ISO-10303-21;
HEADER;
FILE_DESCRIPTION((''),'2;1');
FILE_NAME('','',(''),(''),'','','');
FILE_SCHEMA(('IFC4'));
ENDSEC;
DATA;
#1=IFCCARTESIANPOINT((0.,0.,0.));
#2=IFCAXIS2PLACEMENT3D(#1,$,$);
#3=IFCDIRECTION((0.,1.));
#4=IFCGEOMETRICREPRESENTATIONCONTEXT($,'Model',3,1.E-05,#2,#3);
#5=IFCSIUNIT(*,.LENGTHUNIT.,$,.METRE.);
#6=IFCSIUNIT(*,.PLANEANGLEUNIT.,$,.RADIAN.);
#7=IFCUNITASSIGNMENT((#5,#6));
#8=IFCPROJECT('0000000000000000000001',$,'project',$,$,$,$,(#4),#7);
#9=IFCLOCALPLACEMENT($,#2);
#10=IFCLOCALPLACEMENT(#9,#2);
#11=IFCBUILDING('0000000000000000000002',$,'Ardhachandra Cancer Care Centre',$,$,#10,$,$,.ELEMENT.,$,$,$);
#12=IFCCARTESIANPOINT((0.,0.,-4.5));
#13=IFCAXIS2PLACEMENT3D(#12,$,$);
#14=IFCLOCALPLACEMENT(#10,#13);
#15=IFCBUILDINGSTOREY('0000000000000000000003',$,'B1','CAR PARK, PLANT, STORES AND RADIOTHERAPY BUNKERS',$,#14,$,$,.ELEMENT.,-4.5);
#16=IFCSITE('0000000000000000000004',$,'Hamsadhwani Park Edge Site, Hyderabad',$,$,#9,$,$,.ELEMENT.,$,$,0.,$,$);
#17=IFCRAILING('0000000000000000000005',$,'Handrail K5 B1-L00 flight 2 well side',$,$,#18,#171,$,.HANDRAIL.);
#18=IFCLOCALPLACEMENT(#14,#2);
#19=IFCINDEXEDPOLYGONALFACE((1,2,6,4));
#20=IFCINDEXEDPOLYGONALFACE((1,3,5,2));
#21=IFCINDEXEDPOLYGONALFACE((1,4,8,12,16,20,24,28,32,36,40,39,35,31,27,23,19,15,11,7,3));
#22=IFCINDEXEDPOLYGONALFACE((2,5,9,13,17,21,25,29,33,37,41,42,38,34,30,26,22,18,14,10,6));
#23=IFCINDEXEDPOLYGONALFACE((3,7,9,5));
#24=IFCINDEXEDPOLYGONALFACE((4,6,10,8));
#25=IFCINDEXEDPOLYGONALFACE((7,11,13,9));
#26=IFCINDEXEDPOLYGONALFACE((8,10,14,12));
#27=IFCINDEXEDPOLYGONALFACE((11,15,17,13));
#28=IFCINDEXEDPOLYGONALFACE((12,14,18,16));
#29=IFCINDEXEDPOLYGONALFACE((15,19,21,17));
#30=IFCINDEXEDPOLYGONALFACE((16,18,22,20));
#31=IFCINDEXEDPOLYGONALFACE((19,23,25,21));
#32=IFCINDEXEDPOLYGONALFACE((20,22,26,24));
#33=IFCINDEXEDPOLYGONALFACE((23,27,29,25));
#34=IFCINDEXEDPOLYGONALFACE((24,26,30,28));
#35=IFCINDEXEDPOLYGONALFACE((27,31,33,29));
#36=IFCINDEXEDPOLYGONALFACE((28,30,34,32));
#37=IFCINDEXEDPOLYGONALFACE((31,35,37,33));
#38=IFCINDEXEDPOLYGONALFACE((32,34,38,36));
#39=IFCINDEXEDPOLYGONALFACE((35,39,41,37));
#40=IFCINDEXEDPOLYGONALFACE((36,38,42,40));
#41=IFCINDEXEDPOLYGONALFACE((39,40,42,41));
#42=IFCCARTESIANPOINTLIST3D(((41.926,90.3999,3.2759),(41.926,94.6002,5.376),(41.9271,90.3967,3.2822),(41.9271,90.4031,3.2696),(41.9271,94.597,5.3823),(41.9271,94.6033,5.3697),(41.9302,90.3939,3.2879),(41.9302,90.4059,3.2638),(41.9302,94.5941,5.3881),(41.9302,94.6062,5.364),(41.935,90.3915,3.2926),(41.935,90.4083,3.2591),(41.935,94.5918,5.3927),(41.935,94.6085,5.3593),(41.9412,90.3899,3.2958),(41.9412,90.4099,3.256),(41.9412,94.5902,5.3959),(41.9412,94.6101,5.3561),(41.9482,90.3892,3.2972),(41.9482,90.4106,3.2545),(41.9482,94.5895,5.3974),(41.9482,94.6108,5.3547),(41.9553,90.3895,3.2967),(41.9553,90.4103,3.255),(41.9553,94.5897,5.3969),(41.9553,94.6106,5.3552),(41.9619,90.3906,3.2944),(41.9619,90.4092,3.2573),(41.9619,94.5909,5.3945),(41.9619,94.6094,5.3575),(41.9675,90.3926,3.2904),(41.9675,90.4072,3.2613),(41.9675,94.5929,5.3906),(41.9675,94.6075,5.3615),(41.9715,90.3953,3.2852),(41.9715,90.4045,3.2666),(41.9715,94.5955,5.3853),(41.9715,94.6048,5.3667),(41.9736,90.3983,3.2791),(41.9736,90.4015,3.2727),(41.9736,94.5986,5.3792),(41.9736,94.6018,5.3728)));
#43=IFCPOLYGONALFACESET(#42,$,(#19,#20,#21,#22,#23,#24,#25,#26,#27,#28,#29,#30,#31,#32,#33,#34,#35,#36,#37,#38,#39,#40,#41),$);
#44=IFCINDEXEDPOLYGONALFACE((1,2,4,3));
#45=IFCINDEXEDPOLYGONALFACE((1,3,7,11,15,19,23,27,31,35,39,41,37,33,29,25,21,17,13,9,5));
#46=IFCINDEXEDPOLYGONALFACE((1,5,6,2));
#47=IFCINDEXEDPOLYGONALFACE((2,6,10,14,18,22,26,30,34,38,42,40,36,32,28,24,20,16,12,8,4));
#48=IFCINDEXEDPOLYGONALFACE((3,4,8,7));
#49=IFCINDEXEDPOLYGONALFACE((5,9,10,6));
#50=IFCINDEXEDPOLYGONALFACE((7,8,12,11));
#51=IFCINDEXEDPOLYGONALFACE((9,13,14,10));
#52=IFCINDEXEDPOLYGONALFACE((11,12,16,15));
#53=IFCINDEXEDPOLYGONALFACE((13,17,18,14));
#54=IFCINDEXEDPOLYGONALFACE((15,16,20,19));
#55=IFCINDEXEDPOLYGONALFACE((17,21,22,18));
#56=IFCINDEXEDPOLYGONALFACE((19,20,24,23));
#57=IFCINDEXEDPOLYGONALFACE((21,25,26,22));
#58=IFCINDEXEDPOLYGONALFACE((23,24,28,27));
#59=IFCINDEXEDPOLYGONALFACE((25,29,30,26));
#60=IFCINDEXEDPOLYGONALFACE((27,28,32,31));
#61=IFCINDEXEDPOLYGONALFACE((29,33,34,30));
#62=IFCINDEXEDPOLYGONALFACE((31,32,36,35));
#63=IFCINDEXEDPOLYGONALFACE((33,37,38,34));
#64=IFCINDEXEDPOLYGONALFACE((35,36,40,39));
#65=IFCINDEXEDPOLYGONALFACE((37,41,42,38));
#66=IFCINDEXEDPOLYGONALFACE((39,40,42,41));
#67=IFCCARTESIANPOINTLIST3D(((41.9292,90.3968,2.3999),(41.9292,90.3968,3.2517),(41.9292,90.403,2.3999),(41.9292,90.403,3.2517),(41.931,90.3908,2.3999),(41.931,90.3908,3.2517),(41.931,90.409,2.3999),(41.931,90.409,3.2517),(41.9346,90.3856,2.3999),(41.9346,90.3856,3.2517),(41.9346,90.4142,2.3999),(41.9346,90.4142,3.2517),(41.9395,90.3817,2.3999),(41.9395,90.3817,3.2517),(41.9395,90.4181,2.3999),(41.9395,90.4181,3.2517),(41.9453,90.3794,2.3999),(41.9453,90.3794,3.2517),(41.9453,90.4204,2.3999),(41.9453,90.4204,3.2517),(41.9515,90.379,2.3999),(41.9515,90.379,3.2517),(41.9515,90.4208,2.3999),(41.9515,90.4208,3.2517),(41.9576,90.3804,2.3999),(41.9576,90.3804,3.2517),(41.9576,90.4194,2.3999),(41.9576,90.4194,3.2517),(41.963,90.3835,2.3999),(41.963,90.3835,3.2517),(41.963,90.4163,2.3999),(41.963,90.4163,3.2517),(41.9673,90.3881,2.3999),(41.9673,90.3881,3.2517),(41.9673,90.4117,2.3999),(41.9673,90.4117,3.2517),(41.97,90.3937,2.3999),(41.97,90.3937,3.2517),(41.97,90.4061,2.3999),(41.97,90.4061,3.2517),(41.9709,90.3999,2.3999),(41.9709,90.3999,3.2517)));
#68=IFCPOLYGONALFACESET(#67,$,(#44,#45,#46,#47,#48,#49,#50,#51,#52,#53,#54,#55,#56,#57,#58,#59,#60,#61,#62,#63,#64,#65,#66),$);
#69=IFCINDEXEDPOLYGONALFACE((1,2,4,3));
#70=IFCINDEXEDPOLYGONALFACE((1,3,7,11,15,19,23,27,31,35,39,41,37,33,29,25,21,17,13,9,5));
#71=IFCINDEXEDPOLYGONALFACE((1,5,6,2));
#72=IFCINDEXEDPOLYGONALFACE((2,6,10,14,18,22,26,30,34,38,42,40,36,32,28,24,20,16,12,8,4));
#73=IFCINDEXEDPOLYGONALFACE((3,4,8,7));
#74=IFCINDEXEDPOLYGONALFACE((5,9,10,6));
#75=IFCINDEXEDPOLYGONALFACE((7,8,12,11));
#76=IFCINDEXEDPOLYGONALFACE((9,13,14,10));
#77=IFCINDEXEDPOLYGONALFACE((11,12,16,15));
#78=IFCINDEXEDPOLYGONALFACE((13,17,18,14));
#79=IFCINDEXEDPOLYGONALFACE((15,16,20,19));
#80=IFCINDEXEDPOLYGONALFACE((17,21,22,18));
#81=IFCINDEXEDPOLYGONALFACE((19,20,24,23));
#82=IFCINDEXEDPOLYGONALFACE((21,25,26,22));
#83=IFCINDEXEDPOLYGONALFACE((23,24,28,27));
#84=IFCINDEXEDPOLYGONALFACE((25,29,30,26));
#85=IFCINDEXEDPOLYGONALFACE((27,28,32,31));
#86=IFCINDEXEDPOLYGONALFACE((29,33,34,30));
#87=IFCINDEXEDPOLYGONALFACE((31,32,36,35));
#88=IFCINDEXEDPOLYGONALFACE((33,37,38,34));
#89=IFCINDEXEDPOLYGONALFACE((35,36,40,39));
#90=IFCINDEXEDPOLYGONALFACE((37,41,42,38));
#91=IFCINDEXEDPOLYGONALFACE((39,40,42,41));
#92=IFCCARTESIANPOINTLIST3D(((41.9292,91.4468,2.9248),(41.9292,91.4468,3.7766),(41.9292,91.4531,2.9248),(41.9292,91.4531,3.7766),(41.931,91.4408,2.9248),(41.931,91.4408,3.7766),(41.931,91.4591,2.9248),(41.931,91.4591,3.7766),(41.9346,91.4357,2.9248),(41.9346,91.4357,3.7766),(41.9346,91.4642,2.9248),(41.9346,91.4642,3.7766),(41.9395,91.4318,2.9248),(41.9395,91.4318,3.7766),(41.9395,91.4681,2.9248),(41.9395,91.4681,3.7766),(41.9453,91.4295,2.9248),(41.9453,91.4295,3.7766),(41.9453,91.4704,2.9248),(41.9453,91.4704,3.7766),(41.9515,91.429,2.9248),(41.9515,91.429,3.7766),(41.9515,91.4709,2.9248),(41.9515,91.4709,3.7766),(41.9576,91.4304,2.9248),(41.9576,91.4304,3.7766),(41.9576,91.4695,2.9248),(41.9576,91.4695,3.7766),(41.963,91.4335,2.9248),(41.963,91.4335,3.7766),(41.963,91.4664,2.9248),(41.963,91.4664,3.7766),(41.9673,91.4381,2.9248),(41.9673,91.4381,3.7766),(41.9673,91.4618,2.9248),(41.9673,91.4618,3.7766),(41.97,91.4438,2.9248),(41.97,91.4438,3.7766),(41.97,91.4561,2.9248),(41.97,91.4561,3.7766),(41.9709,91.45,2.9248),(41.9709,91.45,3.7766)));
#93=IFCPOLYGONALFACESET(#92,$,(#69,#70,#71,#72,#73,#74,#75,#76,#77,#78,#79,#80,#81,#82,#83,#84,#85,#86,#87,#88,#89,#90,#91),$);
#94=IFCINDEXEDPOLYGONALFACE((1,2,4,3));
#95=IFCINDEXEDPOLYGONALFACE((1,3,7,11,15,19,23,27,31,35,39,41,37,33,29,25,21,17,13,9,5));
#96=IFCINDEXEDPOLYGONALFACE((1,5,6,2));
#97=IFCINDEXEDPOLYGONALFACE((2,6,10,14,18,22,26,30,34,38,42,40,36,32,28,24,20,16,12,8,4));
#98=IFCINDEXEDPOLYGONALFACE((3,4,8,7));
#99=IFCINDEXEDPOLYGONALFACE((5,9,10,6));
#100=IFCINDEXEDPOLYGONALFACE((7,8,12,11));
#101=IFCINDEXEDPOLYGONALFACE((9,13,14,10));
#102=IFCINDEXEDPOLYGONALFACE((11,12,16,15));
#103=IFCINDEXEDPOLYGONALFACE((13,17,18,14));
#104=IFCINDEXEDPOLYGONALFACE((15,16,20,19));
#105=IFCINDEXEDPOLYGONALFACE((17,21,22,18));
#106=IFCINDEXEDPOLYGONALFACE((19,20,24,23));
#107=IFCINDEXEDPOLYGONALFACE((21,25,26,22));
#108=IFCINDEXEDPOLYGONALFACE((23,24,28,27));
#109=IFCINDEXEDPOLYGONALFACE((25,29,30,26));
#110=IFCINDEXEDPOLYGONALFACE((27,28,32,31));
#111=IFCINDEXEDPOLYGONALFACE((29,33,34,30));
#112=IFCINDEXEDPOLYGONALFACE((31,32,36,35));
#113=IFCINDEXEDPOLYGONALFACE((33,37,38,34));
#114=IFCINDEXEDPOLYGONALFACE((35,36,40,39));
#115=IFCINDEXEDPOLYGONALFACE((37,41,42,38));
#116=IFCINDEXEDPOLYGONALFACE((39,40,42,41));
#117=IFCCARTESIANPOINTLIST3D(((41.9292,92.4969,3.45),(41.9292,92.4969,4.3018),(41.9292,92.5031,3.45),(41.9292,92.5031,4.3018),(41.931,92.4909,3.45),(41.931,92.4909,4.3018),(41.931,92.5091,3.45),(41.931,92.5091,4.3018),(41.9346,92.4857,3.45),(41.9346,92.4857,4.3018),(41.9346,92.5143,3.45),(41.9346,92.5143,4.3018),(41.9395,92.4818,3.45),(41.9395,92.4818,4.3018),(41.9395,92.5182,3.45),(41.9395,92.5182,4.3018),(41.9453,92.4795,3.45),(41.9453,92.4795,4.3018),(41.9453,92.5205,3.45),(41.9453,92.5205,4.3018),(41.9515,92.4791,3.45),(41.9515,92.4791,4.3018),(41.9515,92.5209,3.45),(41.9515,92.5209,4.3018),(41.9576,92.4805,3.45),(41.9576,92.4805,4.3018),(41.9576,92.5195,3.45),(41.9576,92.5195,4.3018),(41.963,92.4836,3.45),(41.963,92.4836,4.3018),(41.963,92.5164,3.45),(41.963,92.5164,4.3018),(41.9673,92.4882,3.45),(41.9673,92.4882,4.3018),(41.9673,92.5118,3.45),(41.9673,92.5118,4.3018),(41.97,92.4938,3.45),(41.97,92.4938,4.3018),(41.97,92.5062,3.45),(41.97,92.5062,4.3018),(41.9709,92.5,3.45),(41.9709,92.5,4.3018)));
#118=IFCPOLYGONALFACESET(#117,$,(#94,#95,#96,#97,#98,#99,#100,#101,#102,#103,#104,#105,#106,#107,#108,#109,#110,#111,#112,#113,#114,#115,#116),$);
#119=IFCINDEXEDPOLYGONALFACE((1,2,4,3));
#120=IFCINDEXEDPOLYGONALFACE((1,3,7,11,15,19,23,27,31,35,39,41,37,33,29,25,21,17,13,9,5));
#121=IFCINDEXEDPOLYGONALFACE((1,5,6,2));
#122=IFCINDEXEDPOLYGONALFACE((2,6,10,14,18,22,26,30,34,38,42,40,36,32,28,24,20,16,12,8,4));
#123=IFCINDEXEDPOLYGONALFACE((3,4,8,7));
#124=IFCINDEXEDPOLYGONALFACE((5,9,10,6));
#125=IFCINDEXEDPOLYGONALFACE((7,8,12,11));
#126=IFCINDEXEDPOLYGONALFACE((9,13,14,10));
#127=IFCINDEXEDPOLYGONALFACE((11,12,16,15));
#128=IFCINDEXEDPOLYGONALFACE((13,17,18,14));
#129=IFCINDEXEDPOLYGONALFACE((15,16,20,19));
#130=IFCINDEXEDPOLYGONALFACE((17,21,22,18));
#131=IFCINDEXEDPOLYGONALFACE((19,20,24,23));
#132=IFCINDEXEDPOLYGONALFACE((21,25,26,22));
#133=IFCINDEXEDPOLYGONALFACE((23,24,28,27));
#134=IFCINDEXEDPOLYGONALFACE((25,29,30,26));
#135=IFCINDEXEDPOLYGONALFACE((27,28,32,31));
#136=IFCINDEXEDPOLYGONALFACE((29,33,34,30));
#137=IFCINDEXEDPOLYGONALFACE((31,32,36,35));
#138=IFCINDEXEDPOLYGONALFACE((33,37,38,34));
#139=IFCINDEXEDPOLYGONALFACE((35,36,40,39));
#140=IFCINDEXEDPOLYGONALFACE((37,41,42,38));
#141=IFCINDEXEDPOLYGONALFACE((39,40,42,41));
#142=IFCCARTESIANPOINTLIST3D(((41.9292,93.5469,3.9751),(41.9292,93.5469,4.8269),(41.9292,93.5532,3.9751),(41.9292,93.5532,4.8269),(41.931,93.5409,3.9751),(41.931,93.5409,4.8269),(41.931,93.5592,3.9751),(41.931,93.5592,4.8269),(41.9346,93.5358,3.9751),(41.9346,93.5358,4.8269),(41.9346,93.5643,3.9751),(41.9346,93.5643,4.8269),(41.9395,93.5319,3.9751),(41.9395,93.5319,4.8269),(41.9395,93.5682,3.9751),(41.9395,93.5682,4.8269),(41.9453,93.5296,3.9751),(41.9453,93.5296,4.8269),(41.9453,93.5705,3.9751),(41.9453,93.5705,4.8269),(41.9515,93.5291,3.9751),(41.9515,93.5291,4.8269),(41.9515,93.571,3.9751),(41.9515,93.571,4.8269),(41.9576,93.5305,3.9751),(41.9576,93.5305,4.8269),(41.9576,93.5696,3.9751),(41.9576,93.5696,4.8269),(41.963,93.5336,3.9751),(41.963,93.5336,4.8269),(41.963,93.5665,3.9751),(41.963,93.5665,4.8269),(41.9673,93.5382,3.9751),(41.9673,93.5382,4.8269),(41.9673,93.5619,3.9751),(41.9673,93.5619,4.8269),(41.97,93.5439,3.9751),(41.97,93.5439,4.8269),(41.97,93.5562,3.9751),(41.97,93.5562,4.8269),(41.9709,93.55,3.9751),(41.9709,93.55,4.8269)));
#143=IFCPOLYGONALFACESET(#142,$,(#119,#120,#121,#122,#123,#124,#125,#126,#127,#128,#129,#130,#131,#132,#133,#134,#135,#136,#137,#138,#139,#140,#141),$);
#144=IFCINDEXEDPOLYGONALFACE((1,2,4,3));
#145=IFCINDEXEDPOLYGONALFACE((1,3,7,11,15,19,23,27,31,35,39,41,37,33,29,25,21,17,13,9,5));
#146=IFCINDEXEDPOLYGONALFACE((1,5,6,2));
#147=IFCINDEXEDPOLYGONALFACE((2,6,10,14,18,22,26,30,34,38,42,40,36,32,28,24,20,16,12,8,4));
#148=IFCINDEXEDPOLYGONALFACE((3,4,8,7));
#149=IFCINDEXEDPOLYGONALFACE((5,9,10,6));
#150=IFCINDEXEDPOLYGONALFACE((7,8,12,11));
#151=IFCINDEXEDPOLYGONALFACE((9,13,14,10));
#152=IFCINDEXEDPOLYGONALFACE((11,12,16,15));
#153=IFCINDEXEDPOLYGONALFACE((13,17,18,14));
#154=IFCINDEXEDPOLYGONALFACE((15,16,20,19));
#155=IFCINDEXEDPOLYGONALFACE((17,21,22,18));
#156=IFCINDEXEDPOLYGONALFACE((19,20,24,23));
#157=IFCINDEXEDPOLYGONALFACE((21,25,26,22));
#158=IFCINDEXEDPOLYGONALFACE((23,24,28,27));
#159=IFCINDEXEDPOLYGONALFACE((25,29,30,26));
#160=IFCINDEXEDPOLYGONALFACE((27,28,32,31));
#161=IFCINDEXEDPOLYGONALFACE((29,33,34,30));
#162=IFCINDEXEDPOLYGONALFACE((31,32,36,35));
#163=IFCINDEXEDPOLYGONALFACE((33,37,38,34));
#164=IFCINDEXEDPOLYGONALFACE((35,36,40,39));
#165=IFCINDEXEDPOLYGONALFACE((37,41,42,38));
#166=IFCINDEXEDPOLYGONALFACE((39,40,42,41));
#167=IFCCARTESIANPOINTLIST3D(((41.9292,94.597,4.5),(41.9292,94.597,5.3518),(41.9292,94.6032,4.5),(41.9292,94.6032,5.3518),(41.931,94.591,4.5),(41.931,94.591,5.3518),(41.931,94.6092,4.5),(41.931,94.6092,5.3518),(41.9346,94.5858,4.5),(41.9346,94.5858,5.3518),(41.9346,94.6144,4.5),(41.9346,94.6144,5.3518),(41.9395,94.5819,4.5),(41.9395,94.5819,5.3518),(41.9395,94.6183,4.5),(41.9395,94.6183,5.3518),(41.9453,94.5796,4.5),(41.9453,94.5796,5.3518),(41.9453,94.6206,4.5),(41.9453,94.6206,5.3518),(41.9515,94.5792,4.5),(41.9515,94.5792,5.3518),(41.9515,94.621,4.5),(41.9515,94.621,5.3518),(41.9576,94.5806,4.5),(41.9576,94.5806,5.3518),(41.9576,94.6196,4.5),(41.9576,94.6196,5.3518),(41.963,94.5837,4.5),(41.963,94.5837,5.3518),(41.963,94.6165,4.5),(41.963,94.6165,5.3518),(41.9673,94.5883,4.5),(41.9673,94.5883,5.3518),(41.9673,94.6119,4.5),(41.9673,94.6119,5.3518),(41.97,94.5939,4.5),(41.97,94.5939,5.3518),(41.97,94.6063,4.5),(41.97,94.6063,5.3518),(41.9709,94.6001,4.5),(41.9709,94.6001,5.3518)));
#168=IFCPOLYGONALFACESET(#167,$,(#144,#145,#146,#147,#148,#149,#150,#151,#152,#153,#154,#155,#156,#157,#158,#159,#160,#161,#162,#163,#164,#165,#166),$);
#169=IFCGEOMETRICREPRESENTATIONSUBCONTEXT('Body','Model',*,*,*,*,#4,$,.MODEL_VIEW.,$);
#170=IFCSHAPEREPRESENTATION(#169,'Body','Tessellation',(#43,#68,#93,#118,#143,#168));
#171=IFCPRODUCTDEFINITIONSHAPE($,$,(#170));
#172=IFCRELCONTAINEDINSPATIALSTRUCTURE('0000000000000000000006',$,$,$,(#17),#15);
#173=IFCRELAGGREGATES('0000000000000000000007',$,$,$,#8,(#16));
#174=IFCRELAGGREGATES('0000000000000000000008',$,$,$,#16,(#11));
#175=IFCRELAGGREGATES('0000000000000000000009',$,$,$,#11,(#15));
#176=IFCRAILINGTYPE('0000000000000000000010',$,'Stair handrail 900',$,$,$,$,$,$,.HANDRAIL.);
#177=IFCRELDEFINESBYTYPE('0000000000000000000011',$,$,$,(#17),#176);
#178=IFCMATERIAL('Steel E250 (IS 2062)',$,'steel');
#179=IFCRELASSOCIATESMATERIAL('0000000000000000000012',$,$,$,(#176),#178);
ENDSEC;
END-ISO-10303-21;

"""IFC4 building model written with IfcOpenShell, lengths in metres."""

from ifc_helpers import new_model, si_unit, direction, frame, origin, origin_2d, place, context, subcontext, project, spatial, circle, extrude, material, type_object, element, save


model = new_model("IFC4")

# Units and contexts
model_context = context("Model", 3, precision=1e-05, world=origin(), true_north=direction((0.0, 1.0)))
body_context = subcontext(model_context, "Body", "Model", "MODEL_VIEW")
ifc_project = project(units=[si_unit("LENGTHUNIT", "METRE"), si_unit("PLANEANGLEUNIT", "RADIAN")], contexts=[model_context])

# Site, building, storey
site_placement = place(None, origin())
site = spatial("IfcSite", under=ifc_project, at=site_placement, Name="Hamsadhwani Park Edge Site, Hyderabad", CompositionType="ELEMENT", RefElevation=0.0)
building_placement = place(site_placement, origin())
building = spatial("IfcBuilding", under=site, at=building_placement, Name="Ardhachandra Cancer Care Centre", CompositionType="ELEMENT")
storey_placement = place(building_placement, frame((0.0, 0.0, -4.5)))
storey = spatial("IfcBuildingStorey", under=building, at=storey_placement, Name="B1", Description="CAR PARK, PLANT, STORES AND RADIOTHERAPY BUNKERS", CompositionType="ELEMENT", Elevation=-4.5)

# Railing
ifc_material_1 = material(Name="Steel E250 (IS 2062)", Category="steel")
railing_type = type_object("IfcRailingType", Name="Stair handrail 900", PredefinedType="HANDRAIL", material=ifc_material_1)
railing_placement = place(storey_placement, frame((41.95, 90.3999, 2.3999)))
element("IfcRailing", 1, at=railing_placement, inside=storey, type_object=railing_type, Name="Handrail K5 B1-L00 flight 2 well side", PredefinedType="HANDRAIL", context=body_context, shape_type="SweptSolid", body=[
    extrude(circle(Radius=0.0239, at=origin_2d()), frame((0.0, 0.0, 0.876), z_axis=(0.0, 0.894427, 0.447214), x_axis=(-1.0, 0.0, 0.0)), (0.0, 0.0, 1.0), 4.696),
    extrude(circle(Radius=0.021, at=origin_2d()), origin(), (0.0, 0.0, 1.0), 0.8518),
    extrude(circle(Radius=0.021, at=origin_2d()), frame((0.0, 1.05, 0.5249)), (0.0, 0.0, 1.0), 0.8518),
    extrude(circle(Radius=0.021, at=origin_2d()), frame((0.0, 2.1001, 1.05)), (0.0, 0.0, 1.0), 0.8518),
    extrude(circle(Radius=0.021, at=origin_2d()), frame((0.0, 3.1501, 1.5752)), (0.0, 0.0, 1.0), 0.8518),
    extrude(circle(Radius=0.021, at=origin_2d()), frame((0.0, 4.2002, 2.1001)), (0.0, 0.0, 1.0), 0.8518),
])

save(model, "model.ifc")
